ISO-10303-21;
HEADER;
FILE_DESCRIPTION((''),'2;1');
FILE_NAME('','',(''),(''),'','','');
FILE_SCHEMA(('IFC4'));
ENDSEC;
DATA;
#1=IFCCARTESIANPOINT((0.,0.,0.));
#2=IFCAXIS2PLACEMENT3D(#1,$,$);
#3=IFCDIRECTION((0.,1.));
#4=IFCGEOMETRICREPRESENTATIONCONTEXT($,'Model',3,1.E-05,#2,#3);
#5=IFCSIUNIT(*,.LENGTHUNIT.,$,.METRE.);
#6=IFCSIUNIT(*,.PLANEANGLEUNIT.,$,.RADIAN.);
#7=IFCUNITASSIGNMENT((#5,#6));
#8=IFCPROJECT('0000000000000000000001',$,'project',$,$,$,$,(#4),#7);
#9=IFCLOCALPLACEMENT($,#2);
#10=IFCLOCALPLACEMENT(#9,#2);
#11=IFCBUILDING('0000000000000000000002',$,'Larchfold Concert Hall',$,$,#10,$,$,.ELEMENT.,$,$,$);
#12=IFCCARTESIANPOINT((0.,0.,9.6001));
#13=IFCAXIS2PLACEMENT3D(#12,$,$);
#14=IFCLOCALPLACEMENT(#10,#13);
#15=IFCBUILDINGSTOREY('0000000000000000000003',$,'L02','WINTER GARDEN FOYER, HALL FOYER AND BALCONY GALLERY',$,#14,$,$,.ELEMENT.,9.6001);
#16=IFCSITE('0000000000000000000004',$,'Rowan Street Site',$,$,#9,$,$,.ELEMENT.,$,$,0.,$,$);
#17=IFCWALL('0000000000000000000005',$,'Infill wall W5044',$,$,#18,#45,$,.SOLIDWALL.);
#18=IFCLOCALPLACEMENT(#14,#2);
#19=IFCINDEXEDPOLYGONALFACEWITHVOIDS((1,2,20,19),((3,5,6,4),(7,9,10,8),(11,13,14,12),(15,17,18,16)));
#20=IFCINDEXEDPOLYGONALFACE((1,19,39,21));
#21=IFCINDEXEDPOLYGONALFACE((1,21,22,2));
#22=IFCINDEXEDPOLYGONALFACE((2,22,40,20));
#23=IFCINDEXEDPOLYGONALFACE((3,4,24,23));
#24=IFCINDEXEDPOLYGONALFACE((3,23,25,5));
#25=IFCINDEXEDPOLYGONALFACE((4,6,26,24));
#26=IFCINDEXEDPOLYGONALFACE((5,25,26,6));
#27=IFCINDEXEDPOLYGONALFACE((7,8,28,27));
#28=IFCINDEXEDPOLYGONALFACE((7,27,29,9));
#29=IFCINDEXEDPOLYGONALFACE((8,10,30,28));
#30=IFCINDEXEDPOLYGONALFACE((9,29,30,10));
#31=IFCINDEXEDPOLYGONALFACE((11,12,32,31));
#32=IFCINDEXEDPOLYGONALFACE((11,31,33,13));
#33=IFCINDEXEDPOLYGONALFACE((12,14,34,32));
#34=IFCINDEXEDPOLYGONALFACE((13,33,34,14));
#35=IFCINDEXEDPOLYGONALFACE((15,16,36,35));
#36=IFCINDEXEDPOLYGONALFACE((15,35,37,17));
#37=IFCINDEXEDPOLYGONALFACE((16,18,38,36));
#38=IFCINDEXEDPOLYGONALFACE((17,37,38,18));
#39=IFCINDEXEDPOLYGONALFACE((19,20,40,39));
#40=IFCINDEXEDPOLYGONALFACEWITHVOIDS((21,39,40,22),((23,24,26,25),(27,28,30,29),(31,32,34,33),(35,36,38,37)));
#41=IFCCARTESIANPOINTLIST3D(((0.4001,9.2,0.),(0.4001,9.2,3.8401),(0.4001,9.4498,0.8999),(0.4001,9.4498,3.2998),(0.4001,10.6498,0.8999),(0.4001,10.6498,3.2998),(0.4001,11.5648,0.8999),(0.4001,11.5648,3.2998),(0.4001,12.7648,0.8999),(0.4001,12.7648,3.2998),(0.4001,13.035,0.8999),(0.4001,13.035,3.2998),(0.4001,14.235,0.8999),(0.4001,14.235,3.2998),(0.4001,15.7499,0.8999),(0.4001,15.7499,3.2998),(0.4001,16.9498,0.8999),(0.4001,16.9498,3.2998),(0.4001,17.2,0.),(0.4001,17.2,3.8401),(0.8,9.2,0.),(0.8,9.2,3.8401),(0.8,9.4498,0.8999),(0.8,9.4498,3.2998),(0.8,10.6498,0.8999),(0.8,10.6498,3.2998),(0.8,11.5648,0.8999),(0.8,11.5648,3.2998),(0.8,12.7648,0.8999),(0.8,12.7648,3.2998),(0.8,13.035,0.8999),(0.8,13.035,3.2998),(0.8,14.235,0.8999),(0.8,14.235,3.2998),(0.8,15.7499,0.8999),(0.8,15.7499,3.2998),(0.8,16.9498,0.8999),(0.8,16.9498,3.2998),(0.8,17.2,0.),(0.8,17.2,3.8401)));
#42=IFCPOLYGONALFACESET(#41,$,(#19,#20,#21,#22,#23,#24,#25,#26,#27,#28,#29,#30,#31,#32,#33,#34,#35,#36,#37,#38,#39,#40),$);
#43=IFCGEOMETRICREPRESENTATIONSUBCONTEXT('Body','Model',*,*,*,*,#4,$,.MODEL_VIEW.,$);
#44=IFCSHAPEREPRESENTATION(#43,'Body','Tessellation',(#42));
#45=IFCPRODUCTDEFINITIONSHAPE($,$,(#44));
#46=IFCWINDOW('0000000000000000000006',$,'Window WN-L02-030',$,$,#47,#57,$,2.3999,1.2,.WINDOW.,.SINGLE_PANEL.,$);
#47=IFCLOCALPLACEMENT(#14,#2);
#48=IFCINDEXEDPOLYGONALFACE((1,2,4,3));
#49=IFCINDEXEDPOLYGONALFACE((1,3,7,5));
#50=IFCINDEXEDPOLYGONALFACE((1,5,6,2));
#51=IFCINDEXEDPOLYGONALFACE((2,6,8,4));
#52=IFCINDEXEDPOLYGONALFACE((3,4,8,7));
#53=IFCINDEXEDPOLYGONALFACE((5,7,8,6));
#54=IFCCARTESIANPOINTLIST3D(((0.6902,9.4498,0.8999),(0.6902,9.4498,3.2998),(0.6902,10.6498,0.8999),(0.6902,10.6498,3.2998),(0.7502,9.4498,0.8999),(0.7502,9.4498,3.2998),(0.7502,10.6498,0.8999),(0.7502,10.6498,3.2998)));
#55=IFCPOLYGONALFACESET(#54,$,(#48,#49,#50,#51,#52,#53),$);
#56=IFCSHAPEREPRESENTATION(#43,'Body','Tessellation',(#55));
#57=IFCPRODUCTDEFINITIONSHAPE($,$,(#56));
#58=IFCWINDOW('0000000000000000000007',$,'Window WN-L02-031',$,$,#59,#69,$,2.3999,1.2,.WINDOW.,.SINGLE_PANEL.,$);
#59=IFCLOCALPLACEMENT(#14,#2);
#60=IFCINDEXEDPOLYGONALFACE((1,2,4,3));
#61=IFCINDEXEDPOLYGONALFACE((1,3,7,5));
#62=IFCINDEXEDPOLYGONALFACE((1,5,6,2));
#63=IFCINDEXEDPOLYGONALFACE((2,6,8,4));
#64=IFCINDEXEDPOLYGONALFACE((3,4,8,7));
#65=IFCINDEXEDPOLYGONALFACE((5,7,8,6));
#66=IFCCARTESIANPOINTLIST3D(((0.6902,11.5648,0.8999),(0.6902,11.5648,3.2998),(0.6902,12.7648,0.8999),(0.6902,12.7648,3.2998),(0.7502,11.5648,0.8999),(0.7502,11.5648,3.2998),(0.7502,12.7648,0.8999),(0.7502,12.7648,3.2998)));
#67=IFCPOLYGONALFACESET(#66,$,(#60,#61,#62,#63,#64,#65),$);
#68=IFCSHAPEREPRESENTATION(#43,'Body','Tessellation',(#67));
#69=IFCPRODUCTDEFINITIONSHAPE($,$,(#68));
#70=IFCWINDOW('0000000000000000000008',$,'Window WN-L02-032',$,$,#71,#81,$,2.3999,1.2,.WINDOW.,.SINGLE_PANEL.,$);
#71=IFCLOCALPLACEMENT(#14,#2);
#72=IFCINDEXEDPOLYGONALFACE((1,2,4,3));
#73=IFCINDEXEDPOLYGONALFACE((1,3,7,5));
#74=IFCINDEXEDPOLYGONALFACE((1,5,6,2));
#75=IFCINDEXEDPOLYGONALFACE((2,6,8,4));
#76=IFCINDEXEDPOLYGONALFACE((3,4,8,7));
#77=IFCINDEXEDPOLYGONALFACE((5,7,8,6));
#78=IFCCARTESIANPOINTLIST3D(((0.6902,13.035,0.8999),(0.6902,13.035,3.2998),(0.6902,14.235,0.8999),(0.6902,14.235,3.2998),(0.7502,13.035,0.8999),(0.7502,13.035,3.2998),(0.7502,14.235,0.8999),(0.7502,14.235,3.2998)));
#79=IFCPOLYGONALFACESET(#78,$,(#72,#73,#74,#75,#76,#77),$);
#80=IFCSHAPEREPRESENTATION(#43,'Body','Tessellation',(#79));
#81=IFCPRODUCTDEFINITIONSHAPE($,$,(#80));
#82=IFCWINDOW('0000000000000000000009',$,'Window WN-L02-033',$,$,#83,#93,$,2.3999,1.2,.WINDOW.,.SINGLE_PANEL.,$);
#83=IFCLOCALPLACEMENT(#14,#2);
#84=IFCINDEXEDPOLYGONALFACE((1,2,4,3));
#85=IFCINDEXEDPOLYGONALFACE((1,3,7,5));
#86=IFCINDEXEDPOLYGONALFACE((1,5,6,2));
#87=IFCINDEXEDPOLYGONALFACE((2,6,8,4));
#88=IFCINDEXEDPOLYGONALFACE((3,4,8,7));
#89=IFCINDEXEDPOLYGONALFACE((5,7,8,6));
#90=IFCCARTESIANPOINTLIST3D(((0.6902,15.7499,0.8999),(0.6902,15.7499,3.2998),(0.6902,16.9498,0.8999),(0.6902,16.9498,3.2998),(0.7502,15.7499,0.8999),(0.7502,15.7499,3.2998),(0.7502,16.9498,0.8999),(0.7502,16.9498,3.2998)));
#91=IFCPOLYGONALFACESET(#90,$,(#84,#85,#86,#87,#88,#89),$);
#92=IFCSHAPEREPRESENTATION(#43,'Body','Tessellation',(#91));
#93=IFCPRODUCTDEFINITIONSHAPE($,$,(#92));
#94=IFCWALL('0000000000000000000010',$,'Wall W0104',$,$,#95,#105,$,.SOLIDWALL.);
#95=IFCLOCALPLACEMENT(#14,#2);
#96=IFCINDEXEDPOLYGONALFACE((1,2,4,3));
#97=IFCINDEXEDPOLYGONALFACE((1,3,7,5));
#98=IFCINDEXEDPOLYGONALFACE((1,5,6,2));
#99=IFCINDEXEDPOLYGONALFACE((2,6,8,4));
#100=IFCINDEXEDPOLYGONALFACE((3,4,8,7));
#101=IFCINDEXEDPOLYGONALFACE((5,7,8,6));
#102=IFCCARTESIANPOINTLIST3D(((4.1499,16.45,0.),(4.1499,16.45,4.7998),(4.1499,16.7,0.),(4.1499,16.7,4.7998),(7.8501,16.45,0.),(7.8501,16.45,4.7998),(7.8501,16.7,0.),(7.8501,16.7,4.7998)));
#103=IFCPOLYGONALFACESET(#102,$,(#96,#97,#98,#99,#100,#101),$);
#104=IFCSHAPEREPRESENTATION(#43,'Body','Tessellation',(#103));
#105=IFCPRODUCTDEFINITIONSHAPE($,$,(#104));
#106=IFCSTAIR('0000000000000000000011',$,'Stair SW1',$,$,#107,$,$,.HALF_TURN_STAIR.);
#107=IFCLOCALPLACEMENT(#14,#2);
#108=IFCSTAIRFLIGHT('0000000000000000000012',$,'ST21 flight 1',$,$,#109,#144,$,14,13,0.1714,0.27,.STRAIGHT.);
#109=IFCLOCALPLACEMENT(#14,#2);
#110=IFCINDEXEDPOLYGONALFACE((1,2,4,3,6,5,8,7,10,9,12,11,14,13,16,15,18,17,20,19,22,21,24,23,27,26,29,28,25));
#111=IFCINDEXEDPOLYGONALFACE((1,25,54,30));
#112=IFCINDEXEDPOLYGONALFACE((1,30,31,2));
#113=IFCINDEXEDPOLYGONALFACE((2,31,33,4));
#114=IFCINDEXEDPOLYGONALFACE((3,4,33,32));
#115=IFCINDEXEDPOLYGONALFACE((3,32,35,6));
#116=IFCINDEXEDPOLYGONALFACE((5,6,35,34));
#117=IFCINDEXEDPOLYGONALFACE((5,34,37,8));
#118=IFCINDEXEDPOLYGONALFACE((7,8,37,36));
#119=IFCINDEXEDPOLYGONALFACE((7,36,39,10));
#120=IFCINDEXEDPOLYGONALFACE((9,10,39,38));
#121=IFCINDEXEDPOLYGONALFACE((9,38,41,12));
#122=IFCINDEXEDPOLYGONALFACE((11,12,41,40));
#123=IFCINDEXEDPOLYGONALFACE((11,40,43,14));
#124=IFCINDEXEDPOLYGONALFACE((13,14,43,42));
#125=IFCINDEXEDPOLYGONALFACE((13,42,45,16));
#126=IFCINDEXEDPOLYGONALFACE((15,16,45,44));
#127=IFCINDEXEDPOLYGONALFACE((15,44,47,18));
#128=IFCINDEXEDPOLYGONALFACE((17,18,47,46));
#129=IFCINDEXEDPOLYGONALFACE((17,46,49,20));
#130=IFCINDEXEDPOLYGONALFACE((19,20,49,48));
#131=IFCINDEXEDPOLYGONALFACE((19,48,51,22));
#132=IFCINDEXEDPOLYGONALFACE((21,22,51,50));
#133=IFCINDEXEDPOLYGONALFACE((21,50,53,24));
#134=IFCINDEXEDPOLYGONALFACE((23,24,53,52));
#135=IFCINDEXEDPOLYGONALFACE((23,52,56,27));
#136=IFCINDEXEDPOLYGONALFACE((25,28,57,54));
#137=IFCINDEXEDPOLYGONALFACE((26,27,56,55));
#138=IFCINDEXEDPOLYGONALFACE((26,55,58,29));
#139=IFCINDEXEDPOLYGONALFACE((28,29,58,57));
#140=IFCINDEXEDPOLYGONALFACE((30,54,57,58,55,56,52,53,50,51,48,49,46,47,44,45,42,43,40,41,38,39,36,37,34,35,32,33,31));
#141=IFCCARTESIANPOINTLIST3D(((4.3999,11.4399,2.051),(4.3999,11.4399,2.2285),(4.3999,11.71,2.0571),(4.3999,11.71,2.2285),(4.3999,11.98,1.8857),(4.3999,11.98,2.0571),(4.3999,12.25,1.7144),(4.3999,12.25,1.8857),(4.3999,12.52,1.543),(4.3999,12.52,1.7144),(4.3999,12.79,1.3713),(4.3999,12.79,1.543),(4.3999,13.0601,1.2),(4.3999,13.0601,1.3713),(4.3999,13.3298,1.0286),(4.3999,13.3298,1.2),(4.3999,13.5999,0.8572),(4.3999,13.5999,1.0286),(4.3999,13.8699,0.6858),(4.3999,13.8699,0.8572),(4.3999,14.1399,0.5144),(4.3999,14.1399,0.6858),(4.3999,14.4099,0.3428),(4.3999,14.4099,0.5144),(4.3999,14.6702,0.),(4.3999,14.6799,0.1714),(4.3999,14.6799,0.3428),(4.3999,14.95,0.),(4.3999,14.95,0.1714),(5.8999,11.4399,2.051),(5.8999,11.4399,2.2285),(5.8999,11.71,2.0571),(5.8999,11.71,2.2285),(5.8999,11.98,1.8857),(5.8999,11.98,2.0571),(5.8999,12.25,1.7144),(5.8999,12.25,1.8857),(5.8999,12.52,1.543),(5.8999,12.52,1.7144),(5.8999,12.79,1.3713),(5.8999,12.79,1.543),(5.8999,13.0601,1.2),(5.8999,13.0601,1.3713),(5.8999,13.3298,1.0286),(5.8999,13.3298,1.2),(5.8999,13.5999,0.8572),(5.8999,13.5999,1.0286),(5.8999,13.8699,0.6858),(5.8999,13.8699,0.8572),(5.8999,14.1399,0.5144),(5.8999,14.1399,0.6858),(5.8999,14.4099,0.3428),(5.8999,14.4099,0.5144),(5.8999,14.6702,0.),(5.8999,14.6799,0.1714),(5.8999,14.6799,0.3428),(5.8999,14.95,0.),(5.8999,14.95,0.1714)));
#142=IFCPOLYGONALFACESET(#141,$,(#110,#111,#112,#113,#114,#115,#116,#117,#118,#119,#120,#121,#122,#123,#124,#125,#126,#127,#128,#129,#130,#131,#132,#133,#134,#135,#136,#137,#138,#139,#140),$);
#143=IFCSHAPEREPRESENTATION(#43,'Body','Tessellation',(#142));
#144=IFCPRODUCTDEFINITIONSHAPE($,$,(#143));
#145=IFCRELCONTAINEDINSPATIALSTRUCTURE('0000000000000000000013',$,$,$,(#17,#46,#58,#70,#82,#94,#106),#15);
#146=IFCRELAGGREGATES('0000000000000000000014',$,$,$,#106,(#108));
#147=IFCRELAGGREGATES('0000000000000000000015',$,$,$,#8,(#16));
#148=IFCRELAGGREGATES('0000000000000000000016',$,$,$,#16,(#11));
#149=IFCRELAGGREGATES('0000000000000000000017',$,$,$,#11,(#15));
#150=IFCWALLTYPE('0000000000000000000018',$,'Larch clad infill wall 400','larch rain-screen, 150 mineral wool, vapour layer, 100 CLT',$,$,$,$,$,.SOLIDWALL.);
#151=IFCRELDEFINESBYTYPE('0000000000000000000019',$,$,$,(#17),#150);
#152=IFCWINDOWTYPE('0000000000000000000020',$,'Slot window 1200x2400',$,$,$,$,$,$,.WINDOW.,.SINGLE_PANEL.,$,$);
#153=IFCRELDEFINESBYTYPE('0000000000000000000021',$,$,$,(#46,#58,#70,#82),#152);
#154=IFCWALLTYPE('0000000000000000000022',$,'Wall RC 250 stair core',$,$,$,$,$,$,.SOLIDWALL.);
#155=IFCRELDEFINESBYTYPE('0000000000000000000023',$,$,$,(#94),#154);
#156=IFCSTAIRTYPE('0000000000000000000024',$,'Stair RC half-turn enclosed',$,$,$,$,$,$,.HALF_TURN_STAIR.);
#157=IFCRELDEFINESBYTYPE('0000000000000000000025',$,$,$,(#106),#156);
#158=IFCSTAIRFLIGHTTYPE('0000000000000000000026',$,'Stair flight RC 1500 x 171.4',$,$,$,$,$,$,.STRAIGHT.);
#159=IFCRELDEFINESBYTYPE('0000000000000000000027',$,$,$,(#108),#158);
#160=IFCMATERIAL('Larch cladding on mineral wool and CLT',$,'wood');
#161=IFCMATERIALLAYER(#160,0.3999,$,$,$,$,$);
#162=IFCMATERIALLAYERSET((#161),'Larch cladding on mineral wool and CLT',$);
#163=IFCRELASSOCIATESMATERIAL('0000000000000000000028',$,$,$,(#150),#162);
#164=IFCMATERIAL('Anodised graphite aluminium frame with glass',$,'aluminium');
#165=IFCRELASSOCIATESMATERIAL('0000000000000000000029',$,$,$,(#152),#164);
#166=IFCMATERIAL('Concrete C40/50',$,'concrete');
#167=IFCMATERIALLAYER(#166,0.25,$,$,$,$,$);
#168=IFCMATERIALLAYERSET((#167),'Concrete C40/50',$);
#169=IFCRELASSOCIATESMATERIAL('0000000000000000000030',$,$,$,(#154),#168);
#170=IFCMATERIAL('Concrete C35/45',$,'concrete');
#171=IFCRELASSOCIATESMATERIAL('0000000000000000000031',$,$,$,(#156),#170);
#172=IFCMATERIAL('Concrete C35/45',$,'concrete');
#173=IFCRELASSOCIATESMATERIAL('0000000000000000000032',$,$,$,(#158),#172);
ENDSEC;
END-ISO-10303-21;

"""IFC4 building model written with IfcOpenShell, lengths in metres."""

from ifc_helpers import new_model, si_unit, direction, frame, frame_2d, origin, place, context, subcontext, project, spatial, polyline, rectangle, outline, extrude, material, layer, layer_set, type_object, element, fill, aggregate, save


model = new_model("IFC4")

# Units and contexts
model_context = context("Model", 3, precision=1e-05, world=origin(), true_north=direction((0.0, 1.0)))
body_context = subcontext(model_context, "Body", "Model", "MODEL_VIEW")
ifc_project = project(units=[si_unit("LENGTHUNIT", "METRE"), si_unit("PLANEANGLEUNIT", "RADIAN")], contexts=[model_context])

# Site, building, storey
site_placement = place(None, origin())
site = spatial("IfcSite", under=ifc_project, at=site_placement, Name="Rowan Street Site", CompositionType="ELEMENT", RefElevation=0.0)
building_placement = place(site_placement, origin())
building = spatial("IfcBuilding", under=site, at=building_placement, Name="Larchfold Concert Hall", CompositionType="ELEMENT")
storey_placement = place(building_placement, frame((0.0, 0.0, 9.6001)))
storey = spatial("IfcBuildingStorey", under=building, at=storey_placement, Name="L02", Description="WINTER GARDEN FOYER, HALL FOYER AND BALCONY GALLERY", CompositionType="ELEMENT", Elevation=9.6001)

# Wall, openings, windows
ifc_material_1 = material(Name="Larch cladding on mineral wool and CLT", Category="wood")
ifc_layer_1 = layer(ifc_material_1, 0.3999)
ifc_layer_set_1 = layer_set([ifc_layer_1], Name="Larch cladding on mineral wool and CLT")
wall_type_1 = type_object("IfcWallType", Name="Larch clad infill wall 400", Description="larch rain-screen, 150 mineral wool, vapour layer, 100 CLT", PredefinedType="SOLIDWALL", material=ifc_layer_set_1)
wall_1_placement = place(storey_placement, frame((0.6001, 17.2, 0.0), z_axis=(0.0, 0.0, 1.0), x_axis=(0.0, -1.0, 0.0)))
wall_1 = element("IfcWall", 1, at=wall_1_placement, inside=storey, type_object=wall_type_1, Name="Infill wall W5044", PredefinedType="SOLIDWALL", context=body_context, shape_type="SweptSolid", body=[
    extrude(rectangle(XDim=8.0, YDim=0.3999, at=frame_2d((4.0, 0.0))), origin(), (0.0, 0.0, 1.0), 3.8401),
])
opening_1_placement = place(wall_1_placement, frame((6.55, 0.0, 0.8999)))
opening_1 = element("IfcOpeningElement", 2, at=opening_1_placement, cuts=wall_1, PredefinedType="OPENING", context=body_context, shape_type="SweptSolid", body=[
    extrude(rectangle(XDim=1.2, YDim=2.3999, at=frame_2d((0.6001, 1.2))), frame((0.0, 0.21, 0.0), z_axis=(0.0, -1.0, 0.0), x_axis=(1.0, 0.0, 0.0)), (0.0, 0.0, 1.0), 0.4199),
])
opening_2_placement = place(wall_1_placement, frame((4.4351, 0.0, 0.8999)))
opening_2 = element("IfcOpeningElement", 3, at=opening_2_placement, cuts=wall_1, PredefinedType="OPENING", context=body_context, shape_type="SweptSolid", body=[
    extrude(rectangle(XDim=1.2, YDim=2.3999, at=frame_2d((0.6001, 1.2))), frame((0.0, 0.21, 0.0), z_axis=(0.0, -1.0, 0.0), x_axis=(1.0, 0.0, 0.0)), (0.0, 0.0, 1.0), 0.4199),
])
opening_3_placement = place(wall_1_placement, frame((2.9648, 0.0, 0.8999)))
opening_3 = element("IfcOpeningElement", 4, at=opening_3_placement, cuts=wall_1, PredefinedType="OPENING", context=body_context, shape_type="SweptSolid", body=[
    extrude(rectangle(XDim=1.2, YDim=2.3999, at=frame_2d((0.6001, 1.2))), frame((0.0, 0.21, 0.0), z_axis=(0.0, -1.0, 0.0), x_axis=(1.0, 0.0, 0.0)), (0.0, 0.0, 1.0), 0.4199),
])
opening_4_placement = place(wall_1_placement, frame((0.25, 0.0, 0.8999)))
opening_4 = element("IfcOpeningElement", 5, at=opening_4_placement, cuts=wall_1, PredefinedType="OPENING", context=body_context, shape_type="SweptSolid", body=[
    extrude(rectangle(XDim=1.2, YDim=2.3999, at=frame_2d((0.6001, 1.2))), frame((0.0, 0.21, 0.0), z_axis=(0.0, -1.0, 0.0), x_axis=(1.0, 0.0, 0.0)), (0.0, 0.0, 1.0), 0.4199),
])
ifc_material_2 = material(Name="Anodised graphite aluminium frame with glass", Category="aluminium")
window_type = type_object("IfcWindowType", Name="Slot window 1200x2400", PartitioningType="SINGLE_PANEL", PredefinedType="WINDOW", material=ifc_material_2)
window_1_placement = place(opening_1_placement, origin())
window_1 = element("IfcWindow", 6, at=window_1_placement, inside=storey, type_object=window_type, Name="Window WN-L02-030", OverallHeight=2.3999, OverallWidth=1.2, PartitioningType="SINGLE_PANEL", PredefinedType="WINDOW", context=body_context, shape_type="SweptSolid", body=[
    extrude(rectangle(XDim=1.2, YDim=2.3999, at=frame_2d((0.6001, 1.2))), frame((0.0, 0.1501, 0.0), z_axis=(0.0, -1.0, 0.0), x_axis=(1.0, 0.0, 0.0)), (0.0, 0.0, 1.0), 0.0601),
])
fill(opening_1, window_1)
window_2_placement = place(opening_2_placement, origin())
window_2 = element("IfcWindow", 7, at=window_2_placement, inside=storey, type_object=window_type, Name="Window WN-L02-031", OverallHeight=2.3999, OverallWidth=1.2, PartitioningType="SINGLE_PANEL", PredefinedType="WINDOW", context=body_context, shape_type="SweptSolid", body=[
    extrude(rectangle(XDim=1.2, YDim=2.3999, at=frame_2d((0.6001, 1.2))), frame((0.0, 0.1501, 0.0), z_axis=(0.0, -1.0, 0.0), x_axis=(1.0, 0.0, 0.0)), (0.0, 0.0, 1.0), 0.0601),
])
fill(opening_2, window_2)
window_3_placement = place(opening_3_placement, origin())
window_3 = element("IfcWindow", 8, at=window_3_placement, inside=storey, type_object=window_type, Name="Window WN-L02-032", OverallHeight=2.3999, OverallWidth=1.2, PartitioningType="SINGLE_PANEL", PredefinedType="WINDOW", context=body_context, shape_type="SweptSolid", body=[
    extrude(rectangle(XDim=1.2, YDim=2.3999, at=frame_2d((0.6001, 1.2))), frame((0.0, 0.1501, 0.0), z_axis=(0.0, -1.0, 0.0), x_axis=(1.0, 0.0, 0.0)), (0.0, 0.0, 1.0), 0.0601),
])
fill(opening_3, window_3)
window_4_placement = place(opening_4_placement, origin())
window_4 = element("IfcWindow", 9, at=window_4_placement, inside=storey, type_object=window_type, Name="Window WN-L02-033", OverallHeight=2.3999, OverallWidth=1.2, PartitioningType="SINGLE_PANEL", PredefinedType="WINDOW", context=body_context, shape_type="SweptSolid", body=[
    extrude(rectangle(XDim=1.2, YDim=2.3999, at=frame_2d((0.6001, 1.2))), frame((0.0, 0.1501, 0.0), z_axis=(0.0, -1.0, 0.0), x_axis=(1.0, 0.0, 0.0)), (0.0, 0.0, 1.0), 0.0601),
])
fill(opening_4, window_4)

# Wall
ifc_material_3 = material(Name="Concrete C40/50", Category="concrete")
ifc_layer_2 = layer(ifc_material_3, 0.25)
ifc_layer_set_2 = layer_set([ifc_layer_2], Name="Concrete C40/50")
wall_type_2 = type_object("IfcWallType", Name="Wall RC 250 stair core", PredefinedType="SOLIDWALL", material=ifc_layer_set_2)
wall_2_placement = place(storey_placement, frame((4.1499, 16.575, 0.0), z_axis=(0.0, 0.0, 1.0), x_axis=(1.0, 0.0, 0.0)))
element("IfcWall", 10, at=wall_2_placement, inside=storey, type_object=wall_type_2, Name="Wall W0104", PredefinedType="SOLIDWALL", context=body_context, shape_type="SweptSolid", body=[
    extrude(rectangle(XDim=3.7002, YDim=0.25, at=frame_2d((1.8501, 0.0))), origin(), (0.0, 0.0, 1.0), 4.7998),
])

# Stair, stair flight
ifc_material_4 = material(Name="Concrete C35/45", Category="concrete")
stair_type = type_object("IfcStairType", Name="Stair RC half-turn enclosed", PredefinedType="HALF_TURN_STAIR", material=ifc_material_4)
stair_placement = place(storey_placement, origin())
stair = element("IfcStair", 11, at=stair_placement, inside=storey, type_object=stair_type, Name="Stair SW1", PredefinedType="HALF_TURN_STAIR")
ifc_material_5 = material(Name="Concrete C35/45", Category="concrete")
stair_flight_type = type_object("IfcStairFlightType", Name="Stair flight RC 1500 x 171.4", PredefinedType="STRAIGHT", material=ifc_material_5)
stair_flight_placement = place(storey_placement, frame((5.1499, 14.95, 0.0), z_axis=(0.0, 0.0, 1.0), x_axis=(0.0, -1.0, 0.0)))
stair_flight = element("IfcStairFlight", 12, at=stair_flight_placement, type_object=stair_flight_type, Name="ST21 flight 1", NumberOfRisers=14, NumberOfTreads=13, PredefinedType="STRAIGHT", RiserHeight=0.1714, TreadLength=0.27, context=body_context, shape_type="SweptSolid", body=[
    extrude(outline(polyline([(0.0, 0.0), (0.0, 0.1714), (0.27, 0.1714), (0.27, 0.3428), (0.54, 0.3428), (0.54, 0.5144), (0.8101, 0.5144), (0.8101, 0.6858), (1.0801, 0.6858), (1.0801, 0.8572), (1.3501, 0.8572), (1.3501, 1.0286), (1.6201, 1.0286), (1.6201, 1.2), (1.8899, 1.2), (1.8899, 1.3713), (2.1599, 1.3713), (2.1599, 1.543), (2.4299, 1.543), (2.4299, 1.7144), (2.7, 1.7144), (2.7, 1.8857), (2.97, 1.8857), (2.97, 2.0571), (3.24, 2.0571), (3.24, 2.2285), (3.51, 2.2285), (3.51, 2.3999), (3.51, 2.051), (0.2798, 0.0), (0.0, 0.0)])), frame((0.0, 0.75, 0.0), z_axis=(0.0, -1.0, 0.0), x_axis=(1.0, 0.0, 0.0)), (0.0, 0.0, 1.0), 1.5),
])
aggregate(stair, [stair_flight])

save(model, "model.ifc")
